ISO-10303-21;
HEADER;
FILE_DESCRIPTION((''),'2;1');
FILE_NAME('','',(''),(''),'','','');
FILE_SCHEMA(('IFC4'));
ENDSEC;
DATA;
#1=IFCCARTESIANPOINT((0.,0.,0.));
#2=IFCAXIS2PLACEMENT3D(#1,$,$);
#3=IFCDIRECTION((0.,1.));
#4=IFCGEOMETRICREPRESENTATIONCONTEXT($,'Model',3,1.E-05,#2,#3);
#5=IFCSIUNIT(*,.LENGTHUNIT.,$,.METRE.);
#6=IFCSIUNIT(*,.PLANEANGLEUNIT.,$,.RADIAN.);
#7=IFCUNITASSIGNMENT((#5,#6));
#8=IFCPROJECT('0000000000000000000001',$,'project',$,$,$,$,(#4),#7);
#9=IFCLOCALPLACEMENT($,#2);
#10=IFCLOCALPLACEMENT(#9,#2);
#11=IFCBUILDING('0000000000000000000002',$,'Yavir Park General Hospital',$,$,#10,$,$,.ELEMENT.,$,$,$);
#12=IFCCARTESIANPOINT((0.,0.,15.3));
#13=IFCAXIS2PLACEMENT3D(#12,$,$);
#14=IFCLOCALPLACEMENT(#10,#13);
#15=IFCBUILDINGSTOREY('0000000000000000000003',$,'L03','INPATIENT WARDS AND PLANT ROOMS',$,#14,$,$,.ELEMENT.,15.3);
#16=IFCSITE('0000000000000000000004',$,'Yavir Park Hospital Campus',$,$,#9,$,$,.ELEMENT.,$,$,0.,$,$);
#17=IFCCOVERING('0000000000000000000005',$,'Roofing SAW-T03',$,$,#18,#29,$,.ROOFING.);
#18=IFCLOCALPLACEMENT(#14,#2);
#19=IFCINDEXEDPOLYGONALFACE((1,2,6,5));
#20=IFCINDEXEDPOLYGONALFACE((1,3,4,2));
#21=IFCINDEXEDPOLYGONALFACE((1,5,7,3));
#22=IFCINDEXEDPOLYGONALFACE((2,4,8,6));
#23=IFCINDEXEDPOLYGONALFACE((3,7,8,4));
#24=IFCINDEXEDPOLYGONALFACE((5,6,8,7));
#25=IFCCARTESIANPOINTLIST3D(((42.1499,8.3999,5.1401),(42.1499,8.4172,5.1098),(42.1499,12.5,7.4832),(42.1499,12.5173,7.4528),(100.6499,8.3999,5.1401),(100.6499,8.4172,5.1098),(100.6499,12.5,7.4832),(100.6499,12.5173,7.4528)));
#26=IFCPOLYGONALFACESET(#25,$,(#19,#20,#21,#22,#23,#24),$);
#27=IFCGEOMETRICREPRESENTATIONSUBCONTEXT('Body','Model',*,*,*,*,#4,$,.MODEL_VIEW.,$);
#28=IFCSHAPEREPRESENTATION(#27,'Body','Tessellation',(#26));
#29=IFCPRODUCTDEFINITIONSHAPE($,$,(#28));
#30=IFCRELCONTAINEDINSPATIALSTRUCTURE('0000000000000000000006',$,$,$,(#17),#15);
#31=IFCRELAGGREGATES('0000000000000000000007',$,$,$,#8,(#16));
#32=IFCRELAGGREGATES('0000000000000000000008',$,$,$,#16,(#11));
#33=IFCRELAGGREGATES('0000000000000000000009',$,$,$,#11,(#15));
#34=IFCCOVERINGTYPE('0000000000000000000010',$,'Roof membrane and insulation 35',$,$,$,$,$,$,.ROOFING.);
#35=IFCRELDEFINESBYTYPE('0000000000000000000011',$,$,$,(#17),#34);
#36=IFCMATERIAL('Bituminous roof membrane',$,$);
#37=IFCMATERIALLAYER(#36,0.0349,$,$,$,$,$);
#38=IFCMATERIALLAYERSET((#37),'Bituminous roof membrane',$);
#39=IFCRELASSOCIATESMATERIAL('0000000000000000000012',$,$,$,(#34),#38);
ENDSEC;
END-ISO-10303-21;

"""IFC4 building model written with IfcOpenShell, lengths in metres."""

from ifc_helpers import new_model, si_unit, direction, frame, origin, place, context, subcontext, project, spatial, polyline, outline, extrude, material, layer, layer_set, type_object, element, save


model = new_model("IFC4")

# Units and contexts
model_context = context("Model", 3, precision=1e-05, world=origin(), true_north=direction((0.0, 1.0)))
body_context = subcontext(model_context, "Body", "Model", "MODEL_VIEW")
ifc_project = project(units=[si_unit("LENGTHUNIT", "METRE"), si_unit("PLANEANGLEUNIT", "RADIAN")], contexts=[model_context])

# Site, building, storey
site_placement = place(None, origin())
site = spatial("IfcSite", under=ifc_project, at=site_placement, Name="Yavir Park Hospital Campus", CompositionType="ELEMENT", RefElevation=0.0)
building_placement = place(site_placement, origin())
building = spatial("IfcBuilding", under=site, at=building_placement, Name="Yavir Park General Hospital", CompositionType="ELEMENT")
storey_placement = place(building_placement, frame((0.0, 0.0, 15.3)))
storey = spatial("IfcBuildingStorey", under=building, at=storey_placement, Name="L03", Description="INPATIENT WARDS AND PLANT ROOMS", CompositionType="ELEMENT", Elevation=15.3)

# Covering
ifc_material_1 = material(Name="Bituminous roof membrane")
ifc_layer_1 = layer(ifc_material_1, 0.0349)
ifc_layer_set_1 = layer_set([ifc_layer_1], Name="Bituminous roof membrane")
covering_type = type_object("IfcCoveringType", Name="Roof membrane and insulation 35", PredefinedType="ROOFING", material=ifc_layer_set_1)
covering_placement = place(storey_placement, frame((42.1499, 8.3999, 5.1401), z_axis=(0.0, -0.496156, 0.868234), x_axis=(1.0, 0.0, 0.0)))
element("IfcCovering", 1, at=covering_placement, inside=storey, type_object=covering_type, Name="Roofing SAW-T03", PredefinedType="ROOFING", context=body_context, shape_type="SweptSolid", body=[
    extrude(outline(polyline([(0.0, 0.0), (58.5, 0.0), (58.5, 4.7223), (0.0, 4.7223), (0.0, 0.0)])), origin(), (0.0, 0.0, -1.0), 0.0349),
])

save(model, "model.ifc")
